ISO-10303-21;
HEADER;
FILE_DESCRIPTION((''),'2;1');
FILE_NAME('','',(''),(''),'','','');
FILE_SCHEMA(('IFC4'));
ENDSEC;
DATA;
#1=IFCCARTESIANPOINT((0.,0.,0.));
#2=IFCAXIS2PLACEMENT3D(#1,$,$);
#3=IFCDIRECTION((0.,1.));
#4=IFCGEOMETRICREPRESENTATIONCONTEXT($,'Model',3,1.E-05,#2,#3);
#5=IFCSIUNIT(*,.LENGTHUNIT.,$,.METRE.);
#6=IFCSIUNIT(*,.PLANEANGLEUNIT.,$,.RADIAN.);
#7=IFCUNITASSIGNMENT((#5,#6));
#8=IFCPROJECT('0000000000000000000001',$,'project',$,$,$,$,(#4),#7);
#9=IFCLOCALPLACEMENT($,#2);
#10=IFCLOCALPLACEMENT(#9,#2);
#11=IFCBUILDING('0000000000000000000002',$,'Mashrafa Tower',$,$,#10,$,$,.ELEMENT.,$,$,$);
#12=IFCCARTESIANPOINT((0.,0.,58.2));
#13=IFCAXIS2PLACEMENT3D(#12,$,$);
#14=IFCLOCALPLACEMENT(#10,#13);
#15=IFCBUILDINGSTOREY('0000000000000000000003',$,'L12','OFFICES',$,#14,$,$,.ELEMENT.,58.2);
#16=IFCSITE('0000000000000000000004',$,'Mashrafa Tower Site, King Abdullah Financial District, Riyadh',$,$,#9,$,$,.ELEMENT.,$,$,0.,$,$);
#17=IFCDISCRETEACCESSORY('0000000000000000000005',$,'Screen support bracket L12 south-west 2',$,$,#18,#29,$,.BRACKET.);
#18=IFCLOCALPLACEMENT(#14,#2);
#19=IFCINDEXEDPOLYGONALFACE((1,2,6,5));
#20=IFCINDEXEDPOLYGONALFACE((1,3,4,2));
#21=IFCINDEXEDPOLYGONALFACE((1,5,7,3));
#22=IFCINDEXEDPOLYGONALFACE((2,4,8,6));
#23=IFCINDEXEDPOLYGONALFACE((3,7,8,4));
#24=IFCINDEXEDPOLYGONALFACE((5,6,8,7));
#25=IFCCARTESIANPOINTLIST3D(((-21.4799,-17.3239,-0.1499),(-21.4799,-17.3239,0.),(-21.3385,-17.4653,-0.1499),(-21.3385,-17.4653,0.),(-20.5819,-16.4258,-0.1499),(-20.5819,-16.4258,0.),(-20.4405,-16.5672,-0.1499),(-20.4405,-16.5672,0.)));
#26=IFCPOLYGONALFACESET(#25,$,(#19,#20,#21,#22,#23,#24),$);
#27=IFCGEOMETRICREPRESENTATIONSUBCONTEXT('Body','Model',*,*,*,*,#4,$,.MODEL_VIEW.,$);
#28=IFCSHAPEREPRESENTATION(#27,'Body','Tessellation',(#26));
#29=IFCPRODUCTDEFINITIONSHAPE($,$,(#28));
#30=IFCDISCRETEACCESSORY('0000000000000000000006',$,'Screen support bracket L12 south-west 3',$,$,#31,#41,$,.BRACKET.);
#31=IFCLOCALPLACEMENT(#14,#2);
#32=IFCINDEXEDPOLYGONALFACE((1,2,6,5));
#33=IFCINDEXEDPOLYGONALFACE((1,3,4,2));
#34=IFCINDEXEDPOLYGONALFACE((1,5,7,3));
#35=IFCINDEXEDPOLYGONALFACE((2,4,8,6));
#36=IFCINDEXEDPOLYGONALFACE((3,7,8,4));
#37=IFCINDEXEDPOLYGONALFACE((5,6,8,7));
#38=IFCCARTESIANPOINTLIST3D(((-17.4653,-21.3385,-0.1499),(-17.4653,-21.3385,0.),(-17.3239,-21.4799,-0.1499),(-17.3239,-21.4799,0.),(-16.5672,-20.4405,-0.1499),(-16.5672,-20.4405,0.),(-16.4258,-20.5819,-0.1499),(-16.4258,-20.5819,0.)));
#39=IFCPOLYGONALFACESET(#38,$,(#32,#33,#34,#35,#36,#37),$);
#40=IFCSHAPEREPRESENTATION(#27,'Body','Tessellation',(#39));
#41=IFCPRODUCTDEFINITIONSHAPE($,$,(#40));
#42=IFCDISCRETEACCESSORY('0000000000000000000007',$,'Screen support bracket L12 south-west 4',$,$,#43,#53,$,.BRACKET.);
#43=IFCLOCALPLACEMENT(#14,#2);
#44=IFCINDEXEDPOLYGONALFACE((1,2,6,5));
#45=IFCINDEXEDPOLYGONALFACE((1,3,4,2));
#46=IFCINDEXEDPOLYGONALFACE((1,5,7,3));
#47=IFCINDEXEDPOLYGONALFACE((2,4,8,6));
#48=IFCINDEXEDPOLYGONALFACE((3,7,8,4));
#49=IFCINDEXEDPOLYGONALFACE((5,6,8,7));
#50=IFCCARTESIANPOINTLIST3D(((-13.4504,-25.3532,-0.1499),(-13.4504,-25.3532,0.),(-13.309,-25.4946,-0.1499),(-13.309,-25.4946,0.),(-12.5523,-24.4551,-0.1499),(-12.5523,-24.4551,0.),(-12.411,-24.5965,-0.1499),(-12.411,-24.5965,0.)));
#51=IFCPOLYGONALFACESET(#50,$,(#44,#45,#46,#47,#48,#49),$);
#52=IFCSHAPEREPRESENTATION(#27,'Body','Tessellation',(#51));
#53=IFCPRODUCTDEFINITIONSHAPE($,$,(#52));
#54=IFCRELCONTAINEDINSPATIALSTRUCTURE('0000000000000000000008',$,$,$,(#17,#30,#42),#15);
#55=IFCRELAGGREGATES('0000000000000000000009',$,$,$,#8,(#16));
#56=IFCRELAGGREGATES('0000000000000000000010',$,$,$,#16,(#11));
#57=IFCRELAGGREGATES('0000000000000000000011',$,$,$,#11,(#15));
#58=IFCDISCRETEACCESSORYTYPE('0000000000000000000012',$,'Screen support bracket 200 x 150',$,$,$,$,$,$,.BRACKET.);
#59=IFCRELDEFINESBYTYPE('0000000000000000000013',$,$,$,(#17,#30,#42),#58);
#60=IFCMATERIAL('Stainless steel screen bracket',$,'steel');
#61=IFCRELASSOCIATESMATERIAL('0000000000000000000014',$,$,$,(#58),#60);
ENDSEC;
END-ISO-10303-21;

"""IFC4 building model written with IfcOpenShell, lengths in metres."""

from ifc_helpers import new_model, si_unit, direction, frame, origin, origin_2d, place, context, subcontext, project, spatial, rectangle, extrude, source, transform, mapped, material, type_object, type_shapes, element, save


model = new_model("IFC4")

# Units and contexts
model_context = context("Model", 3, precision=1e-05, world=origin(), true_north=direction((0.0, 1.0)))
body_context = subcontext(model_context, "Body", "Model", "MODEL_VIEW")
ifc_project = project(units=[si_unit("LENGTHUNIT", "METRE"), si_unit("PLANEANGLEUNIT", "RADIAN")], contexts=[model_context])

# Site, building, storey
site_placement = place(None, origin())
site = spatial("IfcSite", under=ifc_project, at=site_placement, Name="Mashrafa Tower Site, King Abdullah Financial District, Riyadh", CompositionType="ELEMENT", RefElevation=0.0)
building_placement = place(site_placement, origin())
building = spatial("IfcBuilding", under=site, at=building_placement, Name="Mashrafa Tower", CompositionType="ELEMENT")
storey_placement = place(building_placement, frame((0.0, 0.0, 58.2)))
storey = spatial("IfcBuildingStorey", under=building, at=storey_placement, Name="L12", Description="OFFICES", CompositionType="ELEMENT", Elevation=58.2)

# Discrete accessories
ifc_material_1 = material(Name="Stainless steel screen bracket", Category="steel")
discrete_accessory_type = type_object("IfcDiscreteAccessoryType", Name="Screen support bracket 200 x 150", PredefinedType="BRACKET", material=ifc_material_1)
shared_shape_1 = source(origin(), body_context, "Body", "SweptSolid", [
    extrude(rectangle(XDim=0.2, YDim=1.27, at=origin_2d()), origin(), (0.0, 0.0, 1.0), 0.1499),
])
type_shapes(discrete_accessory_type, [shared_shape_1])
for number, where, z_axis, x_axis, name in (
    (1, (-20.9602, -16.9456, -0.1499), (0.0, 0.0, 1.0), (0.707107, -0.707107, 0.0), "Screen support bracket L12 south-west 2"),
    (2, (-16.9456, -20.9602, -0.1499), (0.0, 0.0, 1.0), (0.707107, -0.707107, 0.0), "Screen support bracket L12 south-west 3"),
    (3, (-12.9307, -24.9749, -0.1499), (0.0, 0.0, 1.0), (0.707107, -0.707107, 0.0), "Screen support bracket L12 south-west 4"),
):
    element("IfcDiscreteAccessory", number, at=place(storey_placement, frame(where, z_axis=z_axis, x_axis=x_axis)), inside=storey, type_object=discrete_accessory_type, Name=name, PredefinedType="BRACKET", context=body_context, shape_type="MappedRepresentation", body=[
        mapped(shared_shape_1, transform((0.0, 0.0, 0.0))),
    ])

save(model, "model.ifc")
